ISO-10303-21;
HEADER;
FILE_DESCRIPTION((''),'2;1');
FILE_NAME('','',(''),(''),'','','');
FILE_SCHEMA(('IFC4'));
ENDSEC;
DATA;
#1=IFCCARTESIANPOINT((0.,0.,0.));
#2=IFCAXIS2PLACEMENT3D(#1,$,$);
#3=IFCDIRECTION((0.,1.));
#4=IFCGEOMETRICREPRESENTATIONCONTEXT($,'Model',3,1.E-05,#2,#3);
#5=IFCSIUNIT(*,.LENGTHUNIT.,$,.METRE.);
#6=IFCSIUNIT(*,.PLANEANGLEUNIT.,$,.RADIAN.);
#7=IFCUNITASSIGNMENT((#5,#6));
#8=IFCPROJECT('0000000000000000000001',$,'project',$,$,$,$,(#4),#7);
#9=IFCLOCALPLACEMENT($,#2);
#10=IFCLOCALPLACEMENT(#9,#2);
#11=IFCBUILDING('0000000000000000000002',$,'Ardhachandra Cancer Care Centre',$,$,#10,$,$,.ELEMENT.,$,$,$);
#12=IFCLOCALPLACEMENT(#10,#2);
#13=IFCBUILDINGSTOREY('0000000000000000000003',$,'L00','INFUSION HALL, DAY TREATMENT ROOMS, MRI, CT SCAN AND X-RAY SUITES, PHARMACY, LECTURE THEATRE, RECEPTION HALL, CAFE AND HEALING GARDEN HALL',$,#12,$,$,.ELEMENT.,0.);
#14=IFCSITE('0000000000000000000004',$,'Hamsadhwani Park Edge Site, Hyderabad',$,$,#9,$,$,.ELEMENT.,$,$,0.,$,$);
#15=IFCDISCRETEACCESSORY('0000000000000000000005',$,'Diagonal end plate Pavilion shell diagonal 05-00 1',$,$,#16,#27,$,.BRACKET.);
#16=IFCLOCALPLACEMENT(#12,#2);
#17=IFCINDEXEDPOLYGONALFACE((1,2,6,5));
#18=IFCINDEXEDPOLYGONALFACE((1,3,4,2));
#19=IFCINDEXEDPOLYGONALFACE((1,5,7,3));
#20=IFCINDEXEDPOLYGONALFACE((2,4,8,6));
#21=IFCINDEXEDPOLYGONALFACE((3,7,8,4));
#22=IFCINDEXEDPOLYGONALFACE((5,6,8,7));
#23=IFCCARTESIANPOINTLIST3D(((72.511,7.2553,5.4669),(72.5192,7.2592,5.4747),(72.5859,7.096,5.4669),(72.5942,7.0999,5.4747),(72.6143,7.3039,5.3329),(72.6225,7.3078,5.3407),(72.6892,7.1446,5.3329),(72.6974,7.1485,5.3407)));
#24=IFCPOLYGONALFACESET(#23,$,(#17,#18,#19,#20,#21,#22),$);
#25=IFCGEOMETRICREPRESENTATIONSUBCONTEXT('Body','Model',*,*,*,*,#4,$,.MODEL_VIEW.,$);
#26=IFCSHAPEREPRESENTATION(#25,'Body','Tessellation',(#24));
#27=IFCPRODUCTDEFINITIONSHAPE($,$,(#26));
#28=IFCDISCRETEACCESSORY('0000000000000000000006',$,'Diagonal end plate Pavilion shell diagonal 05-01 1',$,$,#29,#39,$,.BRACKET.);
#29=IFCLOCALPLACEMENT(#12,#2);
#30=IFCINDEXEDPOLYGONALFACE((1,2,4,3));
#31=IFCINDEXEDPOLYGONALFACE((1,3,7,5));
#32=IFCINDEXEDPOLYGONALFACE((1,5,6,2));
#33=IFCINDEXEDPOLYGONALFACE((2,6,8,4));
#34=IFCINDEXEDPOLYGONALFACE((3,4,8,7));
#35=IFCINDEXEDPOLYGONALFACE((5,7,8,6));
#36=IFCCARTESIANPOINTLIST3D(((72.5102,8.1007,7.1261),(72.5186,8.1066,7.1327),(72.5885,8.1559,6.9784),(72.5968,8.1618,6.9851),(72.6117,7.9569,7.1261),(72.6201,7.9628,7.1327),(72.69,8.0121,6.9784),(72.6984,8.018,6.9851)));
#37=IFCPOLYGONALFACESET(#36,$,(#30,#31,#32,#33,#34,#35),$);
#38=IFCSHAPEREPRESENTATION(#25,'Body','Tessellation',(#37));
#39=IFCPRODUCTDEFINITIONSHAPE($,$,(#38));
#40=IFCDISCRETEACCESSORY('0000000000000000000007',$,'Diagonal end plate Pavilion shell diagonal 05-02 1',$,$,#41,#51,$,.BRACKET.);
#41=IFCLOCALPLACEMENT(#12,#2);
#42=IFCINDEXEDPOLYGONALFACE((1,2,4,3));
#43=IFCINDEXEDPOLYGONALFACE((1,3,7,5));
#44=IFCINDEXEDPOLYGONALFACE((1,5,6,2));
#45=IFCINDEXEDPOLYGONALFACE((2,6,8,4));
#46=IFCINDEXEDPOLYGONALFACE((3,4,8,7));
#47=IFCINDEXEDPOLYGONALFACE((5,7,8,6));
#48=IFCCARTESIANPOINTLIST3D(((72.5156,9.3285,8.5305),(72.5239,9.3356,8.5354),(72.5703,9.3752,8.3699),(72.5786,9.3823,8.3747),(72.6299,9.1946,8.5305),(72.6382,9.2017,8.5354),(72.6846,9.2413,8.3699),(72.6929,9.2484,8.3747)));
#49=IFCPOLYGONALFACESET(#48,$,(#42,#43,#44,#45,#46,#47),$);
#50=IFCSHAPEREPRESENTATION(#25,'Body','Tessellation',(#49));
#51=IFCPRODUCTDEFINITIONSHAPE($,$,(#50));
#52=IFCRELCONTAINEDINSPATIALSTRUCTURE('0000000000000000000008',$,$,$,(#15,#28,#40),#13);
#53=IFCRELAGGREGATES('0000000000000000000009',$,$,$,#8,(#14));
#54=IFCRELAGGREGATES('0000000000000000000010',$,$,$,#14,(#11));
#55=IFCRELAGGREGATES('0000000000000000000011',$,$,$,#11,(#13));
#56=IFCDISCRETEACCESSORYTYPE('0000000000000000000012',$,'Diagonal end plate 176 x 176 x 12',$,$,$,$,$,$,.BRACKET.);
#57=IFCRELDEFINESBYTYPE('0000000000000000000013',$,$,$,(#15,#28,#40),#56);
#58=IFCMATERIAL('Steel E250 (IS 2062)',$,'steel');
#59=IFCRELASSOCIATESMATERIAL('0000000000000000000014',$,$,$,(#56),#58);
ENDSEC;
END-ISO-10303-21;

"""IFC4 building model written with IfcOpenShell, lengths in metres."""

from ifc_helpers import new_model, si_unit, direction, frame, origin, origin_2d, place, context, subcontext, project, spatial, rectangle, extrude, material, material_profile, profile_set, type_object, element, save


model = new_model("IFC4")

# Units and contexts
model_context = context("Model", 3, precision=1e-05, world=origin(), true_north=direction((0.0, 1.0)))
body_context = subcontext(model_context, "Body", "Model", "MODEL_VIEW")
ifc_project = project(units=[si_unit("LENGTHUNIT", "METRE"), si_unit("PLANEANGLEUNIT", "RADIAN")], contexts=[model_context])

# Site, building, storey
site_placement = place(None, origin())
site = spatial("IfcSite", under=ifc_project, at=site_placement, Name="Hamsadhwani Park Edge Site, Hyderabad", CompositionType="ELEMENT", RefElevation=0.0)
building_placement = place(site_placement, origin())
building = spatial("IfcBuilding", under=site, at=building_placement, Name="Ardhachandra Cancer Care Centre", CompositionType="ELEMENT")
storey_placement = place(building_placement, origin())
storey = spatial("IfcBuildingStorey", under=building, at=storey_placement, Name="L00", Description="INFUSION HALL, DAY TREATMENT ROOMS, MRI, CT SCAN AND X-RAY SUITES, PHARMACY, LECTURE THEATRE, RECEPTION HALL, CAFE AND HEALING GARDEN HALL", CompositionType="ELEMENT", Elevation=0.0)

# Discrete accessories
ifc_material_1 = material(Name="Steel E250 (IS 2062)", Category="steel")
ifc_material_profile_1 = material_profile(ifc_material_1, rectangle(XDim=0.176, YDim=0.176, at=origin_2d()), Name="PL 176x176x12")
ifc_profile_set_1 = profile_set([ifc_material_profile_1], Name="Steel E250 (IS 2062)")
discrete_accessory_type = type_object("IfcDiscreteAccessoryType", Name="Diagonal end plate 176 x 176 x 12", PredefinedType="BRACKET", material=ifc_profile_set_1)
for number, where, z_axis, x_axis, name in (
    (1, (72.6001, 7.2, 5.3999), (0.688875, 0.324176, 0.648353), (-0.425797, 0.904819, 0.0), "Diagonal end plate Pavilion shell diagonal 05-00 1"),
):
    element("IfcDiscreteAccessory", number, at=place(storey_placement, frame(where, z_axis=z_axis, x_axis=x_axis)), inside=storey, type_object=discrete_accessory_type, Name=name, PredefinedType="BRACKET", context=body_context, shape_type="SweptSolid", body=[
        extrude(rectangle(XDim=0.176, YDim=0.176, at=origin_2d()), origin(), (0.0, 0.0, 1.0), 0.012),
    ])
discrete_accessory_1_placement = place(storey_placement, frame((72.6001, 8.0564, 7.0522), z_axis=(0.685367, 0.483788, 0.544262), x_axis=(-0.576683, 0.816968, 0.0)))
element("IfcDiscreteAccessory", 2, at=discrete_accessory_1_placement, inside=storey, type_object=discrete_accessory_type, Name="Diagonal end plate Pavilion shell diagonal 05-01 1", PredefinedType="BRACKET", context=body_context, shape_type="SweptSolid", body=[
    extrude(rectangle(XDim=0.176, YDim=0.176, at=origin_2d()), origin(), (0.0, 0.0, 1.0), 0.0122),
])
discrete_accessory_2_placement = place(storey_placement, frame((72.6001, 9.2849, 8.4502), z_axis=(0.694456, 0.59233, 0.408504), x_axis=(-0.648947, 0.760834, 0.0)))
element("IfcDiscreteAccessory", 3, at=discrete_accessory_2_placement, inside=storey, type_object=discrete_accessory_type, Name="Diagonal end plate Pavilion shell diagonal 05-02 1", PredefinedType="BRACKET", context=body_context, shape_type="SweptSolid", body=[
    extrude(rectangle(XDim=0.176, YDim=0.176, at=origin_2d()), origin(), (0.0, 0.0, 1.0), 0.012),
])

save(model, "model.ifc")
